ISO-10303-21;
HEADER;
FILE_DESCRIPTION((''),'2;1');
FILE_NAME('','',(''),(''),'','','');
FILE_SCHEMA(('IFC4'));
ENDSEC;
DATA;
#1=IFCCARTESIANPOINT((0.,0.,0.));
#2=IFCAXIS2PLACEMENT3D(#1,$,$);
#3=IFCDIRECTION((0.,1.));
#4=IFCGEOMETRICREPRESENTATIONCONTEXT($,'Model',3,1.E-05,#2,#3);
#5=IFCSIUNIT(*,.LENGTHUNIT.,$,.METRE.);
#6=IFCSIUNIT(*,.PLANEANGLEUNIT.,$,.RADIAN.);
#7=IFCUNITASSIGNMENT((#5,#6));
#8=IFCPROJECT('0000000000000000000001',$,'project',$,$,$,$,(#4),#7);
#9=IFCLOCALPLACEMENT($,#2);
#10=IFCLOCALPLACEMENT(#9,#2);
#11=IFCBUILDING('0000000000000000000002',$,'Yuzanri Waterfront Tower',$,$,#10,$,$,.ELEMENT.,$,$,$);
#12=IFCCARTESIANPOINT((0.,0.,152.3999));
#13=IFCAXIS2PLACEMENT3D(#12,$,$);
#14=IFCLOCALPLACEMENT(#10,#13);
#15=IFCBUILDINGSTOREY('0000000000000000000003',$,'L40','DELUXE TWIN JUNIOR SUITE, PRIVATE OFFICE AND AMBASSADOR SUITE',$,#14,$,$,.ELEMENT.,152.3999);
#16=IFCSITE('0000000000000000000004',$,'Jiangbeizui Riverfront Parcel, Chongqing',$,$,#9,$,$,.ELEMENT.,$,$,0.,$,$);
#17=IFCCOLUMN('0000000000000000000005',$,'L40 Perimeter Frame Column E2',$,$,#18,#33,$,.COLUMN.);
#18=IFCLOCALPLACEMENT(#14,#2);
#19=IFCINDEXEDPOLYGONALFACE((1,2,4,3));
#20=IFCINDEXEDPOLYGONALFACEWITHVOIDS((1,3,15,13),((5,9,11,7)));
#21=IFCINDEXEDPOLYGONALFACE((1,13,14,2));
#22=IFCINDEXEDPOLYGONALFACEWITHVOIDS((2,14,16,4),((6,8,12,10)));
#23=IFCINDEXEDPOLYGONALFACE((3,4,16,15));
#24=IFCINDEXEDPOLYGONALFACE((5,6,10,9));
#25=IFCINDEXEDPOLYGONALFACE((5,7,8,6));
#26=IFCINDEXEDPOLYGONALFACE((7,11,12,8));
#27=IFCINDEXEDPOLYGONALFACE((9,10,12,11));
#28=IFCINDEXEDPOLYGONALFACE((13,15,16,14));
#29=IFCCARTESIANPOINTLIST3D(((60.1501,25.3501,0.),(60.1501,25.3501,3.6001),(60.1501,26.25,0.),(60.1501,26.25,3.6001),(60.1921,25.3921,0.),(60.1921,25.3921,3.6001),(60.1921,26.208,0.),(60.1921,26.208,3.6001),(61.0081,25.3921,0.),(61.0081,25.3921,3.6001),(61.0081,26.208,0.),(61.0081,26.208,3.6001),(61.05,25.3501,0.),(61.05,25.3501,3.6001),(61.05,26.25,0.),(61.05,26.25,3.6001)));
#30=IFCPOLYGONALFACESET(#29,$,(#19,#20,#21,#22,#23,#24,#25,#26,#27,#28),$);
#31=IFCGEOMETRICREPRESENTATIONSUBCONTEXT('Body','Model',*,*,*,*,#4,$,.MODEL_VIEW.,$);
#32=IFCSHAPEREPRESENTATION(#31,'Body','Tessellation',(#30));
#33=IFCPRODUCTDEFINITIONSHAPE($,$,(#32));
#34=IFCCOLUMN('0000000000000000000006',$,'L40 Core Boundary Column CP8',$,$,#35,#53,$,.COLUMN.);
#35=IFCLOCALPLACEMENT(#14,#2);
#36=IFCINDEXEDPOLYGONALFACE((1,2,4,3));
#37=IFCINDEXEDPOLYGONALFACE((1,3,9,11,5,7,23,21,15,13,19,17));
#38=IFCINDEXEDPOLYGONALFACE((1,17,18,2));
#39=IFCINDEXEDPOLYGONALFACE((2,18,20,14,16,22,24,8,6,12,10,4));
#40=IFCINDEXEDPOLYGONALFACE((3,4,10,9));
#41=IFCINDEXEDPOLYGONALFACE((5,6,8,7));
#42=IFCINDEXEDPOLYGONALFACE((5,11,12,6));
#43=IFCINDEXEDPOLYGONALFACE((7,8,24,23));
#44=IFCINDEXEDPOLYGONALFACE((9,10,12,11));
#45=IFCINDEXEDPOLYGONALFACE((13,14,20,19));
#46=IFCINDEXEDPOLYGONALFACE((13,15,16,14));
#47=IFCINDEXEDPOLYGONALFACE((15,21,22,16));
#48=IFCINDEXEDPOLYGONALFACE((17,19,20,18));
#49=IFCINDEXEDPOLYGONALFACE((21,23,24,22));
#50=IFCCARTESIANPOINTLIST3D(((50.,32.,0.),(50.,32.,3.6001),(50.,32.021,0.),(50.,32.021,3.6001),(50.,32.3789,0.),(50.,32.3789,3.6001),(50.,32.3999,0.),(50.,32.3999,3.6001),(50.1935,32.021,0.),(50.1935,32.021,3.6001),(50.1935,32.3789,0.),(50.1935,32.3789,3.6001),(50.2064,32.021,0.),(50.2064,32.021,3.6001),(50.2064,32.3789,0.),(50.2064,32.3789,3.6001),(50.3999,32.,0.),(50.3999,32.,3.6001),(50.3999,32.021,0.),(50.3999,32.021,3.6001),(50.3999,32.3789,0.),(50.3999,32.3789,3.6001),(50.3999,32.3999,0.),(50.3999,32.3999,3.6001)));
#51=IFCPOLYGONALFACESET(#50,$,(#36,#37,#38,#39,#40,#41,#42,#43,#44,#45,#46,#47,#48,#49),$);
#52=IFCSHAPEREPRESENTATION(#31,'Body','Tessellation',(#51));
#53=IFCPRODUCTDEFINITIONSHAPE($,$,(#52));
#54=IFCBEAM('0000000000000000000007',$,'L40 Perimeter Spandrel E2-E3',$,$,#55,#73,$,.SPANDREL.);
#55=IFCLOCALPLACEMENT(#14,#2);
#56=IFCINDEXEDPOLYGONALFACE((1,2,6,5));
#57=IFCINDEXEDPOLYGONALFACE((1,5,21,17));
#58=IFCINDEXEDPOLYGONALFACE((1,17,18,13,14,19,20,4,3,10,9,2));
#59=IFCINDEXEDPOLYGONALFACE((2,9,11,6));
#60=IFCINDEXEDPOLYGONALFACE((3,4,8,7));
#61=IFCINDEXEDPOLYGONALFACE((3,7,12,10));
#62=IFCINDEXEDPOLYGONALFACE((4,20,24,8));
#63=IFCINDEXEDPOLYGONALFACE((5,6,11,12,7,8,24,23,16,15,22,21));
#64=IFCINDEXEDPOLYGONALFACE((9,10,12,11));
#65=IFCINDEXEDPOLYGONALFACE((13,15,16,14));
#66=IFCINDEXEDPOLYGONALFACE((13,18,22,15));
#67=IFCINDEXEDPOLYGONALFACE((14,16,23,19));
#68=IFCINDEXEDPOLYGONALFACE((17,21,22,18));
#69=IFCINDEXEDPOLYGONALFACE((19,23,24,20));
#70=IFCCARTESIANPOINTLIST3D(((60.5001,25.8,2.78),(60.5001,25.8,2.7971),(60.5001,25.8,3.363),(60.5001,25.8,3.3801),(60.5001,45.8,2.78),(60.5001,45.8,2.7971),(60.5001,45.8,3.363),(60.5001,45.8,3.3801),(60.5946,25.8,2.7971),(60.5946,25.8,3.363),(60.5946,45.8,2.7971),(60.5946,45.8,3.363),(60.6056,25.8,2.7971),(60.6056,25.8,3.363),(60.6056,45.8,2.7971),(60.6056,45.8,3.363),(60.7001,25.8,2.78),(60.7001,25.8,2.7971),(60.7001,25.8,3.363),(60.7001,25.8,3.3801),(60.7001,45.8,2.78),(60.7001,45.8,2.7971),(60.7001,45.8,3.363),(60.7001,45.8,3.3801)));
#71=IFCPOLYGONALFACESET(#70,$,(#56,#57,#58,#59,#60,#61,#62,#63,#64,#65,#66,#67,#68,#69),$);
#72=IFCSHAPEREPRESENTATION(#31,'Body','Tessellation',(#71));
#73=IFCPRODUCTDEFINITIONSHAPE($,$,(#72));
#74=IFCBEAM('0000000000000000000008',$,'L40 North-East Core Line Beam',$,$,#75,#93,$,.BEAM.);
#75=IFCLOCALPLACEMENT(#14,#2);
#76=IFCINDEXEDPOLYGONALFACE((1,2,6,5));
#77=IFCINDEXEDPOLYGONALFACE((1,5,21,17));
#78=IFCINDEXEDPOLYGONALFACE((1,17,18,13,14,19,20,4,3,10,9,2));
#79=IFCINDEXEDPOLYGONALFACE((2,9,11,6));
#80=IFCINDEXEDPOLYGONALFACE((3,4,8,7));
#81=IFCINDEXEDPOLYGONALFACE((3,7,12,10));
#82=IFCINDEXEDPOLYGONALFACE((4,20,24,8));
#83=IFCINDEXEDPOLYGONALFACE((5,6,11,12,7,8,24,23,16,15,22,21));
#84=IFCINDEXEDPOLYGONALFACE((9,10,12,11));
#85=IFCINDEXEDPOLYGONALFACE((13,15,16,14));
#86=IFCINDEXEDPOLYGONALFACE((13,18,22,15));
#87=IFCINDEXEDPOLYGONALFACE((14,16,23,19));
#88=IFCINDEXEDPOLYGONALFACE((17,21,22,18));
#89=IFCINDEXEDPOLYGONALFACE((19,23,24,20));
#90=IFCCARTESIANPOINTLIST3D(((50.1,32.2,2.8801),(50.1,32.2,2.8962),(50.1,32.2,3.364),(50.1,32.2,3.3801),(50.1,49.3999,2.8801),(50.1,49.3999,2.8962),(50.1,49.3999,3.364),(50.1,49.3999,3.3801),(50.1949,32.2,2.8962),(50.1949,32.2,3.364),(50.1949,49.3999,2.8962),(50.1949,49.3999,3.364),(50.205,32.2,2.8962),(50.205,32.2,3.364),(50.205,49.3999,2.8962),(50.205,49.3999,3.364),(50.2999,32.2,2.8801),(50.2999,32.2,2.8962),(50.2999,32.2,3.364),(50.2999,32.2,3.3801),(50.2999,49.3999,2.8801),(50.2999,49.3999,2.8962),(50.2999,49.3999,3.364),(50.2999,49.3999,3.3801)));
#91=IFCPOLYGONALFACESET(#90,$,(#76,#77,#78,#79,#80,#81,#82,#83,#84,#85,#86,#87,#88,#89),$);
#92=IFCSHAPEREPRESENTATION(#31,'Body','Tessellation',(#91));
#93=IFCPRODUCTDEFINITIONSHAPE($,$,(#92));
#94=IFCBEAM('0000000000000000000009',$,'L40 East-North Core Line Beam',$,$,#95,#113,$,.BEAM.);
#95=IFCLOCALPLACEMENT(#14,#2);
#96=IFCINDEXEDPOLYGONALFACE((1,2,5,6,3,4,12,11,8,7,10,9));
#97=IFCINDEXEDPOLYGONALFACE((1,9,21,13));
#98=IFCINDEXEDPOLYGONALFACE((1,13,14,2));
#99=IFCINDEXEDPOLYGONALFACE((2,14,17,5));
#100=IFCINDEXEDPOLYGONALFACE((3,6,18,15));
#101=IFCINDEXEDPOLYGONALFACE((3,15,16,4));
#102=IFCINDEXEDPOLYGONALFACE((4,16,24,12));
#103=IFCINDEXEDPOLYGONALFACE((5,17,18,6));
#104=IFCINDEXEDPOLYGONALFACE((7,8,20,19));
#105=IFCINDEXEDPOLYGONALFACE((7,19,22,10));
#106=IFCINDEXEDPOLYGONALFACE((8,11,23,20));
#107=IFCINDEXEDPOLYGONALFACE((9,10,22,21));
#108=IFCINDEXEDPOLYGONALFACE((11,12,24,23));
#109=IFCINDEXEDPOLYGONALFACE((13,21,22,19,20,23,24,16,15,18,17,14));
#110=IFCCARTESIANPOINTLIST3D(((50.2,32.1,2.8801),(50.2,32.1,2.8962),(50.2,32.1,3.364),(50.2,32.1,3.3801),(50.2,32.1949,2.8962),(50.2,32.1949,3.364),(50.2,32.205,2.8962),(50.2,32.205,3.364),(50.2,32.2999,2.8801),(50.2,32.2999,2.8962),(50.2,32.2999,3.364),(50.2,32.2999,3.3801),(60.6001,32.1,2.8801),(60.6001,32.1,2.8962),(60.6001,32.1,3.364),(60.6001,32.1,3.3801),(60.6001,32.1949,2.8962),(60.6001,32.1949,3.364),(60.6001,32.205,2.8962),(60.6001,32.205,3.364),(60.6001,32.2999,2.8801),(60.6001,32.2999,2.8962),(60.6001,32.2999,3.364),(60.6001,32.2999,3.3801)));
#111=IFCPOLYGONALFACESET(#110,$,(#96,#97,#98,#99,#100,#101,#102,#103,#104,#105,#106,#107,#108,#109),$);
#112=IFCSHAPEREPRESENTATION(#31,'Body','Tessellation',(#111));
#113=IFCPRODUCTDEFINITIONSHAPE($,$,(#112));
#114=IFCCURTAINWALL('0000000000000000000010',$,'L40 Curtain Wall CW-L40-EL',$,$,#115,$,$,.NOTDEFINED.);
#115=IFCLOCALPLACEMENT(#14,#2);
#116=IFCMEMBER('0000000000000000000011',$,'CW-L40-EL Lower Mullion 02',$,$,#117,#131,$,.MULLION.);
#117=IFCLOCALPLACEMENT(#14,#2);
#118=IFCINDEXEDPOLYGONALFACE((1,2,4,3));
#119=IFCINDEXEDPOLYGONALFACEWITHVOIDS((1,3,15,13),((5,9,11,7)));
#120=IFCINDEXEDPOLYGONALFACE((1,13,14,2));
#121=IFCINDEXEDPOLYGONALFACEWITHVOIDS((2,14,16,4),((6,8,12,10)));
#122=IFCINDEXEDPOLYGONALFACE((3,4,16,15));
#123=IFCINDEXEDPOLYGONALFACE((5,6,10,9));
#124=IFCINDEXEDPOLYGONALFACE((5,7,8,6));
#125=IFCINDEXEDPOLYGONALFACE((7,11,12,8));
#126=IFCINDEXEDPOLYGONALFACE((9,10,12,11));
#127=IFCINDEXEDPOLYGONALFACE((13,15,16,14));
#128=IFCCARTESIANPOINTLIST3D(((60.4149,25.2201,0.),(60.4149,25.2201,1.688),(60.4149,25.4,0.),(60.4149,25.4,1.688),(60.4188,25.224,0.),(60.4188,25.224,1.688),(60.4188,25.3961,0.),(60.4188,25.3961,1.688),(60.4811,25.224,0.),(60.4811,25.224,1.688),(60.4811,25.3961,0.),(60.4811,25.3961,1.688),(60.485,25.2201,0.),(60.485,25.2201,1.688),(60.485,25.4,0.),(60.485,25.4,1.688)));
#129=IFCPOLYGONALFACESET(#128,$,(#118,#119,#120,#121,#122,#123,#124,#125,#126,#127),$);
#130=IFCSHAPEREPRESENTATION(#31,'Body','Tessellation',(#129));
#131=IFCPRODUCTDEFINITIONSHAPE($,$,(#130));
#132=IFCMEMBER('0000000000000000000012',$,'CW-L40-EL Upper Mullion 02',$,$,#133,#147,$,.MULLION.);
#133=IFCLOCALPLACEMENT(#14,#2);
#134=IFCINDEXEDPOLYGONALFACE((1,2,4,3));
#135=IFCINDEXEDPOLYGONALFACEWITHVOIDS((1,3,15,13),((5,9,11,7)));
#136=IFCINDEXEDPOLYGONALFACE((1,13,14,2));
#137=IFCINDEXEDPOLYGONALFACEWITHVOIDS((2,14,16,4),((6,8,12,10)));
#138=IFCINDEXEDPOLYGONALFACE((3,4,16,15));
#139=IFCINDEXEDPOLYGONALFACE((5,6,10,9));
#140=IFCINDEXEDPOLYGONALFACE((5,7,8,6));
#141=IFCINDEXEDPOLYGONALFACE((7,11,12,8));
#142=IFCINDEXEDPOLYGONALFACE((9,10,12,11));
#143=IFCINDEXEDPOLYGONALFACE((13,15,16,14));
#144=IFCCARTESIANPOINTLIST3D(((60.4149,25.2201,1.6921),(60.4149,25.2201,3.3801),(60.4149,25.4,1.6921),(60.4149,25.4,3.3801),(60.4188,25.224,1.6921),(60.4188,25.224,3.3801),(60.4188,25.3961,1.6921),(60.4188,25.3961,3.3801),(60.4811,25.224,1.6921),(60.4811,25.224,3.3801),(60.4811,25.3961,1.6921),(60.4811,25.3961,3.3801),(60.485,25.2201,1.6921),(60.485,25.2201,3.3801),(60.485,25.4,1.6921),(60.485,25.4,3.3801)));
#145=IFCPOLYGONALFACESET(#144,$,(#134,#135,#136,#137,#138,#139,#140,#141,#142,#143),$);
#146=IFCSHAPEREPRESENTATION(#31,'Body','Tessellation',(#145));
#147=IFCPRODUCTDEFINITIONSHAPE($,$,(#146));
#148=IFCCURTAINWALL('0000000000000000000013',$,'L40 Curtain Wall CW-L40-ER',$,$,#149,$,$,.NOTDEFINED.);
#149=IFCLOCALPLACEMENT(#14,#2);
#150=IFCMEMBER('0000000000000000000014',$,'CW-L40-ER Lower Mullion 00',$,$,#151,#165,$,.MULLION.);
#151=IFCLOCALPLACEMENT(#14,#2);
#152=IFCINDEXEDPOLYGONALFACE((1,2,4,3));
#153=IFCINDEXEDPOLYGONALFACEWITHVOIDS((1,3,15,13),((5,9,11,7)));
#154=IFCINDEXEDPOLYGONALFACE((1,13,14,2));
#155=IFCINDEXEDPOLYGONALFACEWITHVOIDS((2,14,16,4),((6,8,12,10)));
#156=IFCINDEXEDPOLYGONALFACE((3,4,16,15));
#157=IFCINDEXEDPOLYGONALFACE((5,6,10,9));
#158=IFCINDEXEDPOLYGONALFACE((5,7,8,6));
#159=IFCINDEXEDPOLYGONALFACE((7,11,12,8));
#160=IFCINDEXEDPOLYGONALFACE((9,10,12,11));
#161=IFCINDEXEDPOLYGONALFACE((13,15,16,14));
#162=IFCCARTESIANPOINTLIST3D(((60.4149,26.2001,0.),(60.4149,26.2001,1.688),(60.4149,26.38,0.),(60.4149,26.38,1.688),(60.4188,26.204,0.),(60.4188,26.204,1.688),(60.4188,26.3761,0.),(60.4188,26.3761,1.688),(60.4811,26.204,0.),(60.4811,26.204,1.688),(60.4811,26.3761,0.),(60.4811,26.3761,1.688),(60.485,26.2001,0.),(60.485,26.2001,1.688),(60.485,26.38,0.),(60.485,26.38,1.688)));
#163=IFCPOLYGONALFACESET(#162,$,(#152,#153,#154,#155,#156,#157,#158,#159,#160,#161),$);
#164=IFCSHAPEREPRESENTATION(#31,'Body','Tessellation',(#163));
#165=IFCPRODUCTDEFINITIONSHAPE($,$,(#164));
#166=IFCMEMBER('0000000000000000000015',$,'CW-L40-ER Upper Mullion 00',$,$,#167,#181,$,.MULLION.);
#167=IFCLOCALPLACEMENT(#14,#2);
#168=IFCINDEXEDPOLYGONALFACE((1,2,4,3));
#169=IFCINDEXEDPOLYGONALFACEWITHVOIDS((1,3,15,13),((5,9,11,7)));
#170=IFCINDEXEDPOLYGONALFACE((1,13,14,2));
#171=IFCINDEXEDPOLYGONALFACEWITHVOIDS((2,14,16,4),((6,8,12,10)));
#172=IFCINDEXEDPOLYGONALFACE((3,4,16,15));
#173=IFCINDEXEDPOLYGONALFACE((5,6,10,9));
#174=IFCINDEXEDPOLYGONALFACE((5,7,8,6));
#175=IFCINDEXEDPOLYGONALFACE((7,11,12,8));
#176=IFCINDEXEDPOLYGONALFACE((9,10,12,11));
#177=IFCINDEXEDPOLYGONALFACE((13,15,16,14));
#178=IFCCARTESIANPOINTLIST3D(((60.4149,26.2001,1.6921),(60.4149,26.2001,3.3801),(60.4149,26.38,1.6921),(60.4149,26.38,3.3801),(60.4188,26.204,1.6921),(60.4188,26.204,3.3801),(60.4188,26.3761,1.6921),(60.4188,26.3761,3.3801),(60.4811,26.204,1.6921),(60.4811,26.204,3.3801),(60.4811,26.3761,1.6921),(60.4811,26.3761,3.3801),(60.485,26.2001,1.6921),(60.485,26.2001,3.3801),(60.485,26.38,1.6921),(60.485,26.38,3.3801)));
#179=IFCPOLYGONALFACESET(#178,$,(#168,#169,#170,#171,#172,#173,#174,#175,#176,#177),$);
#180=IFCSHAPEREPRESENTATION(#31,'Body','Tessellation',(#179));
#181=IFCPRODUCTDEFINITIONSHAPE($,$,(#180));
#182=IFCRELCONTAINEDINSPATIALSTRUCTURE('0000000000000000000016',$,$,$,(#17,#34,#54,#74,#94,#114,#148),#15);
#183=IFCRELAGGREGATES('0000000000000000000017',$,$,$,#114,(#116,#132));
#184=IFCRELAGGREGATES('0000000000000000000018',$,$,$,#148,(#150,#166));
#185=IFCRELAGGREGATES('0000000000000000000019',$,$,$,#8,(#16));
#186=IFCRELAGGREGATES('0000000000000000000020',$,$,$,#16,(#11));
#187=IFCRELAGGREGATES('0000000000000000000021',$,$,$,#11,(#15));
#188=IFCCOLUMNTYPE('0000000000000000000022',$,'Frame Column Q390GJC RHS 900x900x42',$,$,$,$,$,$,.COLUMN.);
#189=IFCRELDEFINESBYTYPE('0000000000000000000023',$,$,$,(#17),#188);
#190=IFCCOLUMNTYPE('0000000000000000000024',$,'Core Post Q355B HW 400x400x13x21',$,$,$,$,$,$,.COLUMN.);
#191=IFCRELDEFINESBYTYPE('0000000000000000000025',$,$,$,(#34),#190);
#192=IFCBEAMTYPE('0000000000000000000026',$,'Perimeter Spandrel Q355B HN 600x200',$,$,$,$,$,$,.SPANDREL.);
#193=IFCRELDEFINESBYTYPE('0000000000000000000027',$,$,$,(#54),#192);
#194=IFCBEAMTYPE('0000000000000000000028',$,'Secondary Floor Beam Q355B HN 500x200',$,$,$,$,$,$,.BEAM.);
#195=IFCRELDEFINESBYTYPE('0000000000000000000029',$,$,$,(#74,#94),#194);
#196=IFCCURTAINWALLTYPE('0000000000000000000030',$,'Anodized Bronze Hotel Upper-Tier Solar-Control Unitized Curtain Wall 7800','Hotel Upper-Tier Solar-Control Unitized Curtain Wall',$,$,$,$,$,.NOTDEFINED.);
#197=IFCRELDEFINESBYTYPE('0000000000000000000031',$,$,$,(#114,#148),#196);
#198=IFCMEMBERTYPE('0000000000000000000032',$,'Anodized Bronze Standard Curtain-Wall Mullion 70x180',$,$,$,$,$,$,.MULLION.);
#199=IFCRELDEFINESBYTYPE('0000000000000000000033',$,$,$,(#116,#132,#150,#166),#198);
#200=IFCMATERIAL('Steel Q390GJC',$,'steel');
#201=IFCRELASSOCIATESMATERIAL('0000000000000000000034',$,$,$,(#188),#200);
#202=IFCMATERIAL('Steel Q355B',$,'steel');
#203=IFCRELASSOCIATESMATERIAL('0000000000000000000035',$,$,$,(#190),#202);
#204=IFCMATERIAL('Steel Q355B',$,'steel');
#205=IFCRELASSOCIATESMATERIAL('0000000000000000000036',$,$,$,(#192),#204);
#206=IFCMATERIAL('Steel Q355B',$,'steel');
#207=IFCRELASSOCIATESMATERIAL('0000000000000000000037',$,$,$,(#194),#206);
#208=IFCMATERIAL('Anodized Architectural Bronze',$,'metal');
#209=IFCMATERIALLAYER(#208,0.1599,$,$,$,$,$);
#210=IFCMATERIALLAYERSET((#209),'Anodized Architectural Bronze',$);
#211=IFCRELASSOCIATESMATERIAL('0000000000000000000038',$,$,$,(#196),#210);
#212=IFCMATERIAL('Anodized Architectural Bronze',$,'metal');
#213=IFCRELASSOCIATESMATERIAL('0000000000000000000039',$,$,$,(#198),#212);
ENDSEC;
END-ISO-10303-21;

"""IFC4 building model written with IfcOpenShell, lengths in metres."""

from ifc_helpers import new_model, si_unit, direction, frame, origin, origin_2d, place, context, subcontext, project, spatial, hollow_rectangle, i_section, extrude, source, transform, mapped, material, layer, layer_set, material_profile, profile_set, type_object, element, aggregate, save


model = new_model("IFC4")

# Units and contexts
model_context = context("Model", 3, precision=1e-05, world=origin(), true_north=direction((0.0, 1.0)))
body_context = subcontext(model_context, "Body", "Model", "MODEL_VIEW")
ifc_project = project(units=[si_unit("LENGTHUNIT", "METRE"), si_unit("PLANEANGLEUNIT", "RADIAN")], contexts=[model_context])

# Site, building, storey
site_placement = place(None, origin())
site = spatial("IfcSite", under=ifc_project, at=site_placement, Name="Jiangbeizui Riverfront Parcel, Chongqing", CompositionType="ELEMENT", RefElevation=0.0)
building_placement = place(site_placement, origin())
building = spatial("IfcBuilding", under=site, at=building_placement, Name="Yuzanri Waterfront Tower", CompositionType="ELEMENT")
storey_placement = place(building_placement, frame((0.0, 0.0, 152.3999)))
storey = spatial("IfcBuildingStorey", under=building, at=storey_placement, Name="L40", Description="DELUXE TWIN JUNIOR SUITE, PRIVATE OFFICE AND AMBASSADOR SUITE", CompositionType="ELEMENT", Elevation=152.3999)

# Columns
ifc_material_1 = material(Name="Steel Q390GJC", Category="steel")
ifc_material_profile_1 = material_profile(ifc_material_1, hollow_rectangle(XDim=0.8999, YDim=0.8999, WallThickness=0.042, at=origin_2d()), Name="RHS 900x900x42")
ifc_profile_set_1 = profile_set([ifc_material_profile_1], Name="Steel Q390GJC")
column_type_1 = type_object("IfcColumnType", Name="Frame Column Q390GJC RHS 900x900x42", PredefinedType="COLUMN", material=ifc_profile_set_1)
shared_shape_1 = source(origin(), body_context, "Body", "SweptSolid", [
    extrude(hollow_rectangle(XDim=0.8999, YDim=0.8999, WallThickness=0.042, at=origin_2d()), origin(), (0.0, 0.0, 1.0), 3.6001),
])
column_1_placement = place(storey_placement, frame((60.6001, 25.8, 0.0), z_axis=(0.0, 0.0, 1.0), x_axis=(1.0, 0.0, 0.0)))
element("IfcColumn", 1, at=column_1_placement, inside=storey, type_object=column_type_1, Name="L40 Perimeter Frame Column E2", PredefinedType="COLUMN", context=body_context, shape_type="MappedRepresentation", body=[
    mapped(shared_shape_1, transform((0.0, 0.0, 0.0), scale=1.0)),
])
ifc_material_2 = material(Name="Steel Q355B", Category="steel")
ifc_material_profile_2 = material_profile(ifc_material_2, i_section(OverallWidth=0.3999, OverallDepth=0.3999, WebThickness=0.0129, FlangeThickness=0.021, at=origin_2d()), Name="HW 400x400x13x21")
ifc_profile_set_2 = profile_set([ifc_material_profile_2], Name="Steel Q355B")
column_type_2 = type_object("IfcColumnType", Name="Core Post Q355B HW 400x400x13x21", PredefinedType="COLUMN", material=ifc_profile_set_2)
shared_shape_2 = source(origin(), body_context, "Body", "SweptSolid", [
    extrude(i_section(OverallWidth=0.3999, OverallDepth=0.3999, WebThickness=0.0129, FlangeThickness=0.021, at=origin_2d()), origin(), (0.0, 0.0, 1.0), 3.6001),
])
column_2_placement = place(storey_placement, frame((50.2, 32.2, 0.0), z_axis=(0.0, 0.0, 1.0), x_axis=(1.0, 0.0, 0.0)))
element("IfcColumn", 2, at=column_2_placement, inside=storey, type_object=column_type_2, Name="L40 Core Boundary Column CP8", PredefinedType="COLUMN", context=body_context, shape_type="MappedRepresentation", body=[
    mapped(shared_shape_2, transform((0.0, 0.0, 0.0), scale=1.0)),
])

# Beams
ifc_material_3 = material(Name="Steel Q355B", Category="steel")
ifc_material_profile_3 = material_profile(ifc_material_3, i_section(OverallWidth=0.2, OverallDepth=0.6001, WebThickness=0.011, FlangeThickness=0.0171, at=origin_2d()), Name="HN 600x200x11x17")
ifc_profile_set_3 = profile_set([ifc_material_profile_3], Name="Steel Q355B")
beam_type_1 = type_object("IfcBeamType", Name="Perimeter Spandrel Q355B HN 600x200", PredefinedType="SPANDREL", material=ifc_profile_set_3)
shared_shape_3 = source(origin(), body_context, "Body", "SweptSolid", [
    extrude(i_section(OverallWidth=0.2, OverallDepth=0.6001, WebThickness=0.011, FlangeThickness=0.0171, at=origin_2d()), origin(), (0.0, 0.0, 1.0), 20.0),
])
beam_1_placement = place(storey_placement, frame((60.6001, 25.8, 3.0801), z_axis=(0.0, 1.0, 0.0), x_axis=(-1.0, 0.0, 0.0)))
element("IfcBeam", 3, at=beam_1_placement, inside=storey, type_object=beam_type_1, Name="L40 Perimeter Spandrel E2-E3", PredefinedType="SPANDREL", context=body_context, shape_type="MappedRepresentation", body=[
    mapped(shared_shape_3, transform((0.0, 0.0, 0.0), scale=1.0)),
])
ifc_material_4 = material(Name="Steel Q355B", Category="steel")
ifc_material_profile_4 = material_profile(ifc_material_4, i_section(OverallWidth=0.2, OverallDepth=0.5, WebThickness=0.01, FlangeThickness=0.0161, at=origin_2d()), Name="HN 500x200x10x16")
ifc_profile_set_4 = profile_set([ifc_material_profile_4], Name="Steel Q355B")
beam_type_2 = type_object("IfcBeamType", Name="Secondary Floor Beam Q355B HN 500x200", PredefinedType="BEAM", material=ifc_profile_set_4)
shared_shape_4 = source(origin(), body_context, "Body", "SweptSolid", [
    extrude(i_section(OverallWidth=0.2, OverallDepth=0.5, WebThickness=0.01, FlangeThickness=0.0161, at=origin_2d()), origin(), (0.0, 0.0, 1.0), 17.2),
])
beam_2_placement = place(storey_placement, frame((50.2, 32.2, 3.1301), z_axis=(0.0, 1.0, 0.0), x_axis=(-1.0, 0.0, 0.0)))
element("IfcBeam", 4, at=beam_2_placement, inside=storey, type_object=beam_type_2, Name="L40 North-East Core Line Beam", PredefinedType="BEAM", context=body_context, shape_type="MappedRepresentation", body=[
    mapped(shared_shape_4, transform((0.0, 0.0, 0.0), scale=1.0)),
])
shared_shape_5 = source(origin(), body_context, "Body", "SweptSolid", [
    extrude(i_section(OverallWidth=0.2, OverallDepth=0.5, WebThickness=0.01, FlangeThickness=0.0161, at=origin_2d()), origin(), (0.0, 0.0, 1.0), 10.4001),
])
beam_3_placement = place(storey_placement, frame((50.2, 32.2, 3.1301), z_axis=(1.0, 0.0, 0.0), x_axis=(0.0, 1.0, 0.0)))
element("IfcBeam", 5, at=beam_3_placement, inside=storey, type_object=beam_type_2, Name="L40 East-North Core Line Beam", PredefinedType="BEAM", context=body_context, shape_type="MappedRepresentation", body=[
    mapped(shared_shape_5, transform((0.0, 0.0, 0.0), scale=1.0)),
])

# Curtain wall, members
ifc_material_5 = material(Name="Anodized Architectural Bronze", Category="metal")
ifc_layer_1 = layer(ifc_material_5, 0.1599)
ifc_layer_set_1 = layer_set([ifc_layer_1], Name="Anodized Architectural Bronze")
curtain_wall_type = type_object("IfcCurtainWallType", Name="Anodized Bronze Hotel Upper-Tier Solar-Control Unitized Curtain Wall 7800", Description="Hotel Upper-Tier Solar-Control Unitized Curtain Wall", PredefinedType="NOTDEFINED", material=ifc_layer_set_1)
curtain_wall_1_placement = place(storey_placement, origin())
curtain_wall_1 = element("IfcCurtainWall", 6, at=curtain_wall_1_placement, inside=storey, type_object=curtain_wall_type, Name="L40 Curtain Wall CW-L40-EL", PredefinedType="NOTDEFINED")
ifc_material_6 = material(Name="Anodized Architectural Bronze", Category="metal")
ifc_material_profile_5 = material_profile(ifc_material_6, hollow_rectangle(XDim=0.0701, YDim=0.1799, WallThickness=0.0039, at=origin_2d()), Name="CWM 70x180")
ifc_profile_set_5 = profile_set([ifc_material_profile_5], Name="Anodized Architectural Bronze")
member_type_1 = type_object("IfcMemberType", Name="Anodized Bronze Standard Curtain-Wall Mullion 70x180", PredefinedType="MULLION", material=ifc_profile_set_5)
shared_shape_6 = source(origin(), body_context, "Body", "SweptSolid", [
    extrude(hollow_rectangle(XDim=0.0701, YDim=0.1799, WallThickness=0.0039, at=origin_2d()), origin(), (0.0, 0.0, 1.0), 1.688),
])
member_1_placement = place(storey_placement, frame((60.45, 25.3101, 0.0), z_axis=(0.0, 0.0, 1.0), x_axis=(1.0, 0.0, 0.0)))
member_1 = element("IfcMember", 7, at=member_1_placement, type_object=member_type_1, Name="CW-L40-EL Lower Mullion 02", PredefinedType="MULLION", context=body_context, shape_type="MappedRepresentation", body=[
    mapped(shared_shape_6, transform((0.0, 0.0, 0.0), scale=1.0)),
])
member_2_placement = place(storey_placement, frame((60.45, 25.3101, 1.6921), z_axis=(0.0, 0.0, 1.0), x_axis=(1.0, 0.0, 0.0)))
member_2 = element("IfcMember", 8, at=member_2_placement, type_object=member_type_1, Name="CW-L40-EL Upper Mullion 02", PredefinedType="MULLION", context=body_context, shape_type="MappedRepresentation", body=[
    mapped(shared_shape_6, transform((0.0, 0.0, 0.0), scale=1.0)),
])
aggregate(curtain_wall_1, [member_1, member_2])

# Curtain wall, members
curtain_wall_2_placement = place(storey_placement, origin())
curtain_wall_2 = element("IfcCurtainWall", 9, at=curtain_wall_2_placement, inside=storey, type_object=curtain_wall_type, Name="L40 Curtain Wall CW-L40-ER", PredefinedType="NOTDEFINED")
member_3_placement = place(storey_placement, frame((60.45, 26.29, 0.0), z_axis=(0.0, 0.0, 1.0), x_axis=(1.0, 0.0, 0.0)))
member_3 = element("IfcMember", 10, at=member_3_placement, type_object=member_type_1, Name="CW-L40-ER Lower Mullion 00", PredefinedType="MULLION", context=body_context, shape_type="MappedRepresentation", body=[
    mapped(shared_shape_6, transform((0.0, 0.0, 0.0), scale=1.0)),
])
member_4_placement = place(storey_placement, frame((60.45, 26.29, 1.6921), z_axis=(0.0, 0.0, 1.0), x_axis=(1.0, 0.0, 0.0)))
member_4 = element("IfcMember", 11, at=member_4_placement, type_object=member_type_1, Name="CW-L40-ER Upper Mullion 00", PredefinedType="MULLION", context=body_context, shape_type="MappedRepresentation", body=[
    mapped(shared_shape_6, transform((0.0, 0.0, 0.0), scale=1.0)),
])
aggregate(curtain_wall_2, [member_3, member_4])

save(model, "model.ifc")
